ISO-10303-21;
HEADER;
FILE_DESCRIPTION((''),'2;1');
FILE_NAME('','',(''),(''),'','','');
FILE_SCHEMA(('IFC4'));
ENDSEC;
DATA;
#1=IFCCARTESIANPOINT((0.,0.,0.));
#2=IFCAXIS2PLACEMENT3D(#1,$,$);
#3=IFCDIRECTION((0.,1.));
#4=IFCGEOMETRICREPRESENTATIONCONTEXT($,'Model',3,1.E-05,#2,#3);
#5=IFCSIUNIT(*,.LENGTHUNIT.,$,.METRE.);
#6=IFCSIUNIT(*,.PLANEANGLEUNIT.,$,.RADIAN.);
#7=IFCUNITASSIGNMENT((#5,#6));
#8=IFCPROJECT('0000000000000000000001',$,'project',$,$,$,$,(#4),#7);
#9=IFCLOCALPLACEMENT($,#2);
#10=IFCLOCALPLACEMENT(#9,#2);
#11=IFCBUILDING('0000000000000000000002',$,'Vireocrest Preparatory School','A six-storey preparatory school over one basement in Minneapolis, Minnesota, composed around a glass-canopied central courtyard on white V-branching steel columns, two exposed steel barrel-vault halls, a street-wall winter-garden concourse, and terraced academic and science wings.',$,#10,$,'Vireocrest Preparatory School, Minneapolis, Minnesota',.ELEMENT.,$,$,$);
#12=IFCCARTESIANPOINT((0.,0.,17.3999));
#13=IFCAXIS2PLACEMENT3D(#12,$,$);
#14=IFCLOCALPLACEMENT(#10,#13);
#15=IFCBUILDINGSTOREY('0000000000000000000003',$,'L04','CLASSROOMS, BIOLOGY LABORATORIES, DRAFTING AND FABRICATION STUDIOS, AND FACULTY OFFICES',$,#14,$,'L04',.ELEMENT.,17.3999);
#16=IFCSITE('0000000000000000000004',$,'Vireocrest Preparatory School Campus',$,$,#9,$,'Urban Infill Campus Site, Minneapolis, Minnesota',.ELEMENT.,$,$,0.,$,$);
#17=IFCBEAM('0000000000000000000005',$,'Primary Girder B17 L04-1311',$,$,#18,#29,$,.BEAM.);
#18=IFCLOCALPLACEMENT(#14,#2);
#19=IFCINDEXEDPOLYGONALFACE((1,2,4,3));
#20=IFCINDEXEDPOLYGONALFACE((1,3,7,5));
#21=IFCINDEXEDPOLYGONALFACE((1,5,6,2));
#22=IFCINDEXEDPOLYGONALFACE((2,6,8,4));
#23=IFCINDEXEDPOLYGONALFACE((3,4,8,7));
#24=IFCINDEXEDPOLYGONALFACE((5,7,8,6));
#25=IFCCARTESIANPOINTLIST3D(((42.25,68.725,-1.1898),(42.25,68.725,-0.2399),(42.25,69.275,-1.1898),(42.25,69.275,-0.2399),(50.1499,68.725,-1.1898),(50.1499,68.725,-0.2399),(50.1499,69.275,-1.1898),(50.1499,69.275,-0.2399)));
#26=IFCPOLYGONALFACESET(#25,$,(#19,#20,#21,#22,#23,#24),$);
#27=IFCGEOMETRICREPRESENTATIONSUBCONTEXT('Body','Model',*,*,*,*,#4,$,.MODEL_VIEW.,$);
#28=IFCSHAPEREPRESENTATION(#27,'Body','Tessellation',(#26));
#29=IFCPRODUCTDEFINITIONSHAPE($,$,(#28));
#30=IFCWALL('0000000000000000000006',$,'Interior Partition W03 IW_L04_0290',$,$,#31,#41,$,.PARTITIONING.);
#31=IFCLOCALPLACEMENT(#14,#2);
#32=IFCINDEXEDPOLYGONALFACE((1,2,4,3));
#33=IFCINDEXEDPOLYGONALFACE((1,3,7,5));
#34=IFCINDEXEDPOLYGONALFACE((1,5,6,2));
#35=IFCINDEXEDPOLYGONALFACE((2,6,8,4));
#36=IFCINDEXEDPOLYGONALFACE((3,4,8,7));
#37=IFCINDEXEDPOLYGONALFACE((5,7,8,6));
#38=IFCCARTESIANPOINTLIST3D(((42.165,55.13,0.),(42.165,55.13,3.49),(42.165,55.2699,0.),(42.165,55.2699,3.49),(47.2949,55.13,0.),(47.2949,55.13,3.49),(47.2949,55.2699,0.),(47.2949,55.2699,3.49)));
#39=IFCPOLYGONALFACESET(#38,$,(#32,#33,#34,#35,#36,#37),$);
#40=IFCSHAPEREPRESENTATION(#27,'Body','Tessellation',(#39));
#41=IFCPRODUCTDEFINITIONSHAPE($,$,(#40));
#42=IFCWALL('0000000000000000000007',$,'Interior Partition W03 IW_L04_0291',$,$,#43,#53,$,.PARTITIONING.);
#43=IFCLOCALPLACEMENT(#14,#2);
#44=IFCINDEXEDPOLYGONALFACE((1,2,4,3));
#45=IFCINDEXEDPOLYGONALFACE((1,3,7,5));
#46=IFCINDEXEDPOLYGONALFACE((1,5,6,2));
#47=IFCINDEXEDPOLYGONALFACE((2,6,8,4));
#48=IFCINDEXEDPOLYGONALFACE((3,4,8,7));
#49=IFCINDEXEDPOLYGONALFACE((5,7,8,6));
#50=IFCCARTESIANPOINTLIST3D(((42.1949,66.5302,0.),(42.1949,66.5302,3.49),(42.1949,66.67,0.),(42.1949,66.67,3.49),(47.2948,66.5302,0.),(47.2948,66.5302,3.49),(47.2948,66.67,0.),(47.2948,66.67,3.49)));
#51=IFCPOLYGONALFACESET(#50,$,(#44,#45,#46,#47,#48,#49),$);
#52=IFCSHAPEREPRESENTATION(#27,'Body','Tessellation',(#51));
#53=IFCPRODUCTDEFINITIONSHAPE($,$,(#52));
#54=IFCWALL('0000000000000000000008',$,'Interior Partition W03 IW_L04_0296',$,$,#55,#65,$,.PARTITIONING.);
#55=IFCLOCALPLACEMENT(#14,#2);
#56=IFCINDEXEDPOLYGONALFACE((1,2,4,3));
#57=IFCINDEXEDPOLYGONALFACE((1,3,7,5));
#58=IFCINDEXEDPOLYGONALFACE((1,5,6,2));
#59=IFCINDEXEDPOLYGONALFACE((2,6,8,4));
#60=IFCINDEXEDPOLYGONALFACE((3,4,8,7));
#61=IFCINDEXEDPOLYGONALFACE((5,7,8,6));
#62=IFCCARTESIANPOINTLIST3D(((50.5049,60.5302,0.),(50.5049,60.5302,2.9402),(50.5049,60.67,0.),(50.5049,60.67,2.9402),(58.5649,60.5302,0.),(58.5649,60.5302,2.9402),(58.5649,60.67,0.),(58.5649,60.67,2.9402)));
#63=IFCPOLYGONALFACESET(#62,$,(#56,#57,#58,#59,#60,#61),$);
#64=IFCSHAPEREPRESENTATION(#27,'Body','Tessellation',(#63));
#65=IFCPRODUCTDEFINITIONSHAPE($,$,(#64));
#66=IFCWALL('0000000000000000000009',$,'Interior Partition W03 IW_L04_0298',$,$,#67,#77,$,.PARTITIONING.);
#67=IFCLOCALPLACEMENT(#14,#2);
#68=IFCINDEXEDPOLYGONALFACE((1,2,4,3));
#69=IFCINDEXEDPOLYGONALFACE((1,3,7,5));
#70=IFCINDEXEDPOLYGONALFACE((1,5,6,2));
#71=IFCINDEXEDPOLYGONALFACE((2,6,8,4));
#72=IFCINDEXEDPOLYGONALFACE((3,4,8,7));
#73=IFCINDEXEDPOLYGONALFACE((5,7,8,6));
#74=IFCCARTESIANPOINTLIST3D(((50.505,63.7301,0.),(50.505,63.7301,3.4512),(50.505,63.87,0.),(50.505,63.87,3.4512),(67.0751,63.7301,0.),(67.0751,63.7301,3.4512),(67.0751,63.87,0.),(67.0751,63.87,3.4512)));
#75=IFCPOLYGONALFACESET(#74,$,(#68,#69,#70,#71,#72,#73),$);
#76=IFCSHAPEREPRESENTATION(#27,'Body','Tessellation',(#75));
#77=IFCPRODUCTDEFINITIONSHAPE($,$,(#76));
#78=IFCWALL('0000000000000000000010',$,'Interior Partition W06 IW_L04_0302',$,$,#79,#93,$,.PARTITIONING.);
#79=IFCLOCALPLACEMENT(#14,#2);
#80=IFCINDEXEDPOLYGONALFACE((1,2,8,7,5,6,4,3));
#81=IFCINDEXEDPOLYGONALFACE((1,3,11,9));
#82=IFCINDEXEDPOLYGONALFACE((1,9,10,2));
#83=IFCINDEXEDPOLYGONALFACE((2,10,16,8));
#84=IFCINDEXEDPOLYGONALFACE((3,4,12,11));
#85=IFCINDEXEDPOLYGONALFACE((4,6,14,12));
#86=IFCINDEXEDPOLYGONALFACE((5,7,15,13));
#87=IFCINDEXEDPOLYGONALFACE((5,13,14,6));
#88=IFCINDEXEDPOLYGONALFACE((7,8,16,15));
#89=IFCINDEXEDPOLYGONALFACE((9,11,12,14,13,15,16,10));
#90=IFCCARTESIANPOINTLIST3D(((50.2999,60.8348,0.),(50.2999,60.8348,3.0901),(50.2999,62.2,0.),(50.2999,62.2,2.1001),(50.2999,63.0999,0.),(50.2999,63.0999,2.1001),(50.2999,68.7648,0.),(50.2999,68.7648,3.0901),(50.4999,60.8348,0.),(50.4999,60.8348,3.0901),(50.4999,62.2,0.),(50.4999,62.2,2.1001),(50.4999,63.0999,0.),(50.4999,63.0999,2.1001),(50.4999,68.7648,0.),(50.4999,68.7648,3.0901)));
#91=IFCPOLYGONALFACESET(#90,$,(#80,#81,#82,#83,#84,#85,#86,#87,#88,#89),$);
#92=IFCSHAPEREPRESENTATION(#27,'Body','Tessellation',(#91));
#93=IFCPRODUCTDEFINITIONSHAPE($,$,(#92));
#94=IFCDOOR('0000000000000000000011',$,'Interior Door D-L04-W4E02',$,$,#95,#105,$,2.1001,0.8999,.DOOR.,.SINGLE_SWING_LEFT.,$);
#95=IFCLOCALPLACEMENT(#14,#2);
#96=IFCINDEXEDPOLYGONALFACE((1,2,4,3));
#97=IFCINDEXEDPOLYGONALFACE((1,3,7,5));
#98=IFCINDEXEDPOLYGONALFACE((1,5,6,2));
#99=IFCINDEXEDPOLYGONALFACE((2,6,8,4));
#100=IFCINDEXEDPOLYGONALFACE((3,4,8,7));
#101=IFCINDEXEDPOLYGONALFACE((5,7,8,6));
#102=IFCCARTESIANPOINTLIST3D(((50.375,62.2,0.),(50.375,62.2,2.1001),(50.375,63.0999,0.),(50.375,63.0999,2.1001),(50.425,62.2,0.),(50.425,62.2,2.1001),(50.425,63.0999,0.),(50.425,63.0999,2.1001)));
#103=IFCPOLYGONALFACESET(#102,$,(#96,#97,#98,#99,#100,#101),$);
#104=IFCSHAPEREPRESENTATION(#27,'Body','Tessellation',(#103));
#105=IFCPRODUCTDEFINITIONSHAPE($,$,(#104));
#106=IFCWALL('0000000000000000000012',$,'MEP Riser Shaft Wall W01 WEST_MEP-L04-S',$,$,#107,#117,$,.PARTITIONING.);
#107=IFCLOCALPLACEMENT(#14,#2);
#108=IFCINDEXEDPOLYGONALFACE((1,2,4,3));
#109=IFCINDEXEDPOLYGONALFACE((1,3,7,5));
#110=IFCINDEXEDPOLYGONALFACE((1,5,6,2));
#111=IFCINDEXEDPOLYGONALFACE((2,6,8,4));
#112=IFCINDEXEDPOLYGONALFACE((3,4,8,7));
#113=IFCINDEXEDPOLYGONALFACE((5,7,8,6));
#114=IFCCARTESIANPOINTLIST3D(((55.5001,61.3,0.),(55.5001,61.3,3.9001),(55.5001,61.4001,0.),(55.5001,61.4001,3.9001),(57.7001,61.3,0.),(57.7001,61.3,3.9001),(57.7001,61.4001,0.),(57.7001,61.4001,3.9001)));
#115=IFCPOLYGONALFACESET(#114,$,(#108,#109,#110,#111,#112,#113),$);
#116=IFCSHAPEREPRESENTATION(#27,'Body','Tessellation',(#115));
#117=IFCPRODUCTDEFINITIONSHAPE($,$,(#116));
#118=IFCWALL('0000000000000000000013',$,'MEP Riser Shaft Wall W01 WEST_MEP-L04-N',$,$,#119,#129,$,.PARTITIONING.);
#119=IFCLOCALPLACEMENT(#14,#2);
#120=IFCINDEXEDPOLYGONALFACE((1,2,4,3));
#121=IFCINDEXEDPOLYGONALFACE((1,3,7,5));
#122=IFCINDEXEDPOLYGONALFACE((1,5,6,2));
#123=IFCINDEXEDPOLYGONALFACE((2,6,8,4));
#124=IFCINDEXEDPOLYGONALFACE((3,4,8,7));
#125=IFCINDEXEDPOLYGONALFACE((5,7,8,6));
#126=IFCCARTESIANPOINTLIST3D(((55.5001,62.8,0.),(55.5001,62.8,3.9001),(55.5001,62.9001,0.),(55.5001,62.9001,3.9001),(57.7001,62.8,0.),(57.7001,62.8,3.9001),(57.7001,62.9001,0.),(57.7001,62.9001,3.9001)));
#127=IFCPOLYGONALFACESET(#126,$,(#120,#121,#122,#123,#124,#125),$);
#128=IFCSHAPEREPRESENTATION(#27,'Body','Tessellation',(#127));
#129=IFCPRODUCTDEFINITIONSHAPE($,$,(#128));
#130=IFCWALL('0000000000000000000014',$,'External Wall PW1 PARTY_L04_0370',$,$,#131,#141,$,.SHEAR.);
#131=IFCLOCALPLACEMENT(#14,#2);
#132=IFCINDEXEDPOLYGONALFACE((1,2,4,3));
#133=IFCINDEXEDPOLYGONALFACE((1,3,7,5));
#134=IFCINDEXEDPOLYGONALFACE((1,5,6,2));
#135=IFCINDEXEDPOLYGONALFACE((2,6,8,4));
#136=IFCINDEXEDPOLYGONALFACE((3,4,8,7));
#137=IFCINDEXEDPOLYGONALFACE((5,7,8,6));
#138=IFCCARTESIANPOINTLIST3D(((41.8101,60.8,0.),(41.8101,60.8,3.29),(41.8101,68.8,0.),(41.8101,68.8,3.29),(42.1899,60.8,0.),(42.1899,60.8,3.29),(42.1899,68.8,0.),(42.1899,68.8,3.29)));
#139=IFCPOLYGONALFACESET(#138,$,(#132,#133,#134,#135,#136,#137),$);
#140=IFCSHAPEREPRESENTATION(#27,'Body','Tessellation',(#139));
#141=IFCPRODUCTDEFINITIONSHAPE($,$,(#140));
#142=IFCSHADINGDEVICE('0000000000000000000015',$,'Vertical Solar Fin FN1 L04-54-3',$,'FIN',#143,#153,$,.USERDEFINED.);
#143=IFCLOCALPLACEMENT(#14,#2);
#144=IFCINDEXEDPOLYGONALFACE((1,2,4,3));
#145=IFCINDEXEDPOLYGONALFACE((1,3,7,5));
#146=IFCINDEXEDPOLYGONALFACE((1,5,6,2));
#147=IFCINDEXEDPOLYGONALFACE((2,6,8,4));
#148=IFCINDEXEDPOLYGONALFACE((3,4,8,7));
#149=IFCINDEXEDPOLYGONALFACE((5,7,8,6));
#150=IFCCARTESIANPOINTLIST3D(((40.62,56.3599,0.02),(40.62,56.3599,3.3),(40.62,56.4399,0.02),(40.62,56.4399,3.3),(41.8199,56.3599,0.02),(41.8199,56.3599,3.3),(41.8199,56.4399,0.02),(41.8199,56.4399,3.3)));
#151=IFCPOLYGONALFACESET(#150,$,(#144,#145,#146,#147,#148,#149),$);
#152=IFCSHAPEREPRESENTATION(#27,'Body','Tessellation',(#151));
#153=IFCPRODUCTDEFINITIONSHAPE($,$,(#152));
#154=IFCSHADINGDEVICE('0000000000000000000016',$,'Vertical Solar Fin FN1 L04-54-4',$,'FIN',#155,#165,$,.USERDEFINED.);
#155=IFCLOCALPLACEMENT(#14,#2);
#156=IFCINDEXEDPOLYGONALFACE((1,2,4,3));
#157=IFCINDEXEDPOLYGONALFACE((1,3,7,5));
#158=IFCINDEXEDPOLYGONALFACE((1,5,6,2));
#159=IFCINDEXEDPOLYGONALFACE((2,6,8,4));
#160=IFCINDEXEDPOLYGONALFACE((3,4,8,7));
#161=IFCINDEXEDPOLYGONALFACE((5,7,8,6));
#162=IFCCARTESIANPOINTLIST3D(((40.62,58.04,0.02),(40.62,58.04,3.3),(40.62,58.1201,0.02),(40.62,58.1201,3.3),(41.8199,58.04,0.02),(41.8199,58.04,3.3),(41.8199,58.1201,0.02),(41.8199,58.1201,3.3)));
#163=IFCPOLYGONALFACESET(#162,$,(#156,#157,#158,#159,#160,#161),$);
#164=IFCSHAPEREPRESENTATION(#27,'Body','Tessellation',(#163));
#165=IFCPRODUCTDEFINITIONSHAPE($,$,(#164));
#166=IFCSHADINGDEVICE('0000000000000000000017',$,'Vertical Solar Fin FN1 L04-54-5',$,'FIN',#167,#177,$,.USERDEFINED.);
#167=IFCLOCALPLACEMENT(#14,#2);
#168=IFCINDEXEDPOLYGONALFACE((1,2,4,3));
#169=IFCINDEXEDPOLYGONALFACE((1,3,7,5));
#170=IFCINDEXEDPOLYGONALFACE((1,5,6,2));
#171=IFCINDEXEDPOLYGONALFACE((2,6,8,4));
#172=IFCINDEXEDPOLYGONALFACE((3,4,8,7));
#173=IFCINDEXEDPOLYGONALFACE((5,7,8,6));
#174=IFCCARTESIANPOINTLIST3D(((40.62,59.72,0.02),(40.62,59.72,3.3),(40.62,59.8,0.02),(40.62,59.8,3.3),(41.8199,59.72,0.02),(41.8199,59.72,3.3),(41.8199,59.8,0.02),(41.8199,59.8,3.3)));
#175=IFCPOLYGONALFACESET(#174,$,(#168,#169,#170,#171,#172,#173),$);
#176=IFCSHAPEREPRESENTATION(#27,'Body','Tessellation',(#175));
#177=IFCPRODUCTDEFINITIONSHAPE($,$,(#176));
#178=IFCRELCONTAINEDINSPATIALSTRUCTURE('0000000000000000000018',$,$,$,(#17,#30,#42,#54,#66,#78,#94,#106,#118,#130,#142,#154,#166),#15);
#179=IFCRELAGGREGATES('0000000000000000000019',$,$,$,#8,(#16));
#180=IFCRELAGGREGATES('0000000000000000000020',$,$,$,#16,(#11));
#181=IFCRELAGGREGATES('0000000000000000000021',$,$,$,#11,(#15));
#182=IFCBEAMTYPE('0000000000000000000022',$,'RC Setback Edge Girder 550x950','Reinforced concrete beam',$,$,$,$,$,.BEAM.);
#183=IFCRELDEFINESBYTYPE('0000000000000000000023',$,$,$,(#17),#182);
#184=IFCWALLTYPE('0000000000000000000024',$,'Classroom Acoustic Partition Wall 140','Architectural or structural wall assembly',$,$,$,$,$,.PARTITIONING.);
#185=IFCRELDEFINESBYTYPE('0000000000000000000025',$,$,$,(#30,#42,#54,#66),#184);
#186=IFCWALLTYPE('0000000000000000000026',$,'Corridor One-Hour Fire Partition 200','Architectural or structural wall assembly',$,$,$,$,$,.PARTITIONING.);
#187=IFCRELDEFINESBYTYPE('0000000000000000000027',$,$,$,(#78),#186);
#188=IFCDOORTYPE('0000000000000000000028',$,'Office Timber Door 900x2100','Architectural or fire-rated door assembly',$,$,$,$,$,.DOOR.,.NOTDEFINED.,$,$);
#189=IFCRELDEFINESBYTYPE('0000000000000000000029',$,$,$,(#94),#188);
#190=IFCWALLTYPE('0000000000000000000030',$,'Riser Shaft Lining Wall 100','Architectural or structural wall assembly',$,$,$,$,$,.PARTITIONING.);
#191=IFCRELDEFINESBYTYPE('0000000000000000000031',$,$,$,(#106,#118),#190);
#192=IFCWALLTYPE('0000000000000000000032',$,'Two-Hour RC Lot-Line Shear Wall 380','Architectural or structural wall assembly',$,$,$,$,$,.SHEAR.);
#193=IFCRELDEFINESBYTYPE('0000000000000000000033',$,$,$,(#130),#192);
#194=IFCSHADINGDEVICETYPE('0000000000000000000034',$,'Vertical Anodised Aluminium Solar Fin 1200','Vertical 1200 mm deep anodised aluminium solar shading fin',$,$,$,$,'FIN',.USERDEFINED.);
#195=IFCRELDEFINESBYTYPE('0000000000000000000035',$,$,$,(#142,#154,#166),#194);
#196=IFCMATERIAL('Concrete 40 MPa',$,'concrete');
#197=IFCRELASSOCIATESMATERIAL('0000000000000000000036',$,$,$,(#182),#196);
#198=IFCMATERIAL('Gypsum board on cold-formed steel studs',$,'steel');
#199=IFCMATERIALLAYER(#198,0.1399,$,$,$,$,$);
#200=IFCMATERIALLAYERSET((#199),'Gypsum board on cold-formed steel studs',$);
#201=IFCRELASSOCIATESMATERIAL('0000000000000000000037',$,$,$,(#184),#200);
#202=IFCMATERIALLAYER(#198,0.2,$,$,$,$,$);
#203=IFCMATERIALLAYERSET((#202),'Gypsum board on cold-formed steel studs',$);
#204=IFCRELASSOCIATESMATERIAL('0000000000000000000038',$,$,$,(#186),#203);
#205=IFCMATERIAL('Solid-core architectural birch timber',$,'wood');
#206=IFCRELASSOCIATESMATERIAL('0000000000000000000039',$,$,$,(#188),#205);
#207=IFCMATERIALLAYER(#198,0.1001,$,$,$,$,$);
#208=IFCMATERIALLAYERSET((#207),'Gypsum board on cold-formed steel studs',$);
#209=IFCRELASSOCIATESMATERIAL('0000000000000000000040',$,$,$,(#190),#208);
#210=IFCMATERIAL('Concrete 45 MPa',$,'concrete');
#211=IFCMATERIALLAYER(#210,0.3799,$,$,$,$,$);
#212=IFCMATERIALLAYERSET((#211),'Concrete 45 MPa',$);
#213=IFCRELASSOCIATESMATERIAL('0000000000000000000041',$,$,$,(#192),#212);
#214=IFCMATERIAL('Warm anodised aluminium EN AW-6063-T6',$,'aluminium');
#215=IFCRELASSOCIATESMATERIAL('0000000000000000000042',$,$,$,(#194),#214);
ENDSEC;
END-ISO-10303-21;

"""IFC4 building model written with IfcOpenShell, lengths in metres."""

from ifc_helpers import new_model, si_unit, direction, frame, frame_2d, origin, origin_2d, place, context, subcontext, project, spatial, rectangle, extrude, material, layer, layer_set, material_profile, profile_set, type_object, element, fill, save


model = new_model("IFC4")

# Units and contexts
model_context = context("Model", 3, precision=1e-05, world=origin(), true_north=direction((0.0, 1.0)))
body_context = subcontext(model_context, "Body", "Model", "MODEL_VIEW")
ifc_project = project(units=[si_unit("LENGTHUNIT", "METRE"), si_unit("PLANEANGLEUNIT", "RADIAN")], contexts=[model_context])

# Site, building, storey
site_placement = place(None, origin())
site = spatial("IfcSite", under=ifc_project, at=site_placement, Name="Vireocrest Preparatory School Campus", LongName="Urban Infill Campus Site, Minneapolis, Minnesota", CompositionType="ELEMENT", RefElevation=0.0)
building_placement = place(site_placement, origin())
building = spatial("IfcBuilding", under=site, at=building_placement, Name="Vireocrest Preparatory School", Description="A six-storey preparatory school over one basement in Minneapolis, Minnesota, composed around a glass-canopied central courtyard on white V-branching steel columns, two exposed steel barrel-vault halls, a street-wall winter-garden concourse, and terraced academic and science wings.", LongName="Vireocrest Preparatory School, Minneapolis, Minnesota", CompositionType="ELEMENT")
storey_placement = place(building_placement, frame((0.0, 0.0, 17.3999)))
storey = spatial("IfcBuildingStorey", under=building, at=storey_placement, Name="L04", Description="CLASSROOMS, BIOLOGY LABORATORIES, DRAFTING AND FABRICATION STUDIOS, AND FACULTY OFFICES", LongName="L04", CompositionType="ELEMENT", Elevation=17.3999)

# Shared definitions
ifc_material_1 = material(Name="Concrete 45 MPa", Category="concrete")

# Beam
ifc_material_2 = material(Name="Concrete 40 MPa", Category="concrete")
ifc_material_profile_1 = material_profile(ifc_material_2, rectangle(XDim=0.55, YDim=0.95, at=origin_2d()), Name="RC 550x950")
ifc_profile_set_1 = profile_set([ifc_material_profile_1], Name="Concrete 40 MPa")
beam_type_1 = type_object("IfcBeamType", Name="RC Setback Edge Girder 550x950", Description="Reinforced concrete beam", PredefinedType="BEAM", material=ifc_profile_set_1)
beam_1_placement = place(storey_placement, frame((42.25, 69.0, -0.7148), z_axis=(1.0, 0.0, 0.0), x_axis=(0.0, 1.0, 0.0)))
element("IfcBeam", 1, at=beam_1_placement, inside=storey, type_object=beam_type_1, Name="Primary Girder B17 L04-1311", PredefinedType="BEAM", context=body_context, shape_type="SweptSolid", body=[
    extrude(rectangle(XDim=0.55, YDim=0.95, at=origin_2d()), origin(), (0.0, 0.0, 1.0), 7.8999),
])

# Walls
ifc_material_3 = material(Name="Gypsum board on cold-formed steel studs", Category="steel")
ifc_layer_1 = layer(ifc_material_3, 0.1399)
ifc_layer_set_1 = layer_set([ifc_layer_1], Name="Gypsum board on cold-formed steel studs")
wall_type_1 = type_object("IfcWallType", Name="Classroom Acoustic Partition Wall 140", Description="Architectural or structural wall assembly", PredefinedType="PARTITIONING", material=ifc_layer_set_1)
wall_1_placement = place(storey_placement, frame((42.165, 55.2, 0.0), z_axis=(0.0, 0.0, 1.0), x_axis=(1.0, 0.0, 0.0)))
element("IfcWall", 2, at=wall_1_placement, inside=storey, type_object=wall_type_1, Name="Interior Partition W03 IW_L04_0290", PredefinedType="PARTITIONING", context=body_context, shape_type="SweptSolid", body=[
    extrude(rectangle(XDim=5.1299, YDim=0.1399, at=frame_2d((2.5649, 0.0))), origin(), (0.0, 0.0, 1.0), 3.49),
])
wall_2_placement = place(storey_placement, frame((42.1951, 66.6001, 0.0), z_axis=(0.0, 0.0, 1.0), x_axis=(1.0, 0.0, 0.0)))
element("IfcWall", 3, at=wall_2_placement, inside=storey, type_object=wall_type_1, Name="Interior Partition W03 IW_L04_0291", PredefinedType="PARTITIONING", context=body_context, shape_type="SweptSolid", body=[
    extrude(rectangle(XDim=5.0999, YDim=0.1399, at=frame_2d((2.5498, 0.0))), origin(), (0.0, 0.0, 1.0), 3.49),
])
wall_3_placement = place(storey_placement, frame((50.5049, 60.6001, 0.0), z_axis=(0.0, 0.0, 1.0), x_axis=(1.0, 0.0, 0.0)))
element("IfcWall", 4, at=wall_3_placement, inside=storey, type_object=wall_type_1, Name="Interior Partition W03 IW_L04_0296", PredefinedType="PARTITIONING", context=body_context, shape_type="SweptSolid", body=[
    extrude(rectangle(XDim=8.0601, YDim=0.1399, at=frame_2d((4.03, 0.0))), origin(), (0.0, 0.0, 1.0), 2.9402),
])
wall_4_placement = place(storey_placement, frame((50.5049, 63.8, 0.0), z_axis=(0.0, 0.0, 1.0), x_axis=(1.0, 0.0, 0.0)))
element("IfcWall", 5, at=wall_4_placement, inside=storey, type_object=wall_type_1, Name="Interior Partition W03 IW_L04_0298", PredefinedType="PARTITIONING", context=body_context, shape_type="SweptSolid", body=[
    extrude(rectangle(XDim=16.5701, YDim=0.1399, at=frame_2d((8.2852, 0.0))), origin(), (0.0, 0.0, 1.0), 3.4512),
])

# Wall, opening, door
ifc_layer_2 = layer(ifc_material_3, 0.2)
ifc_layer_set_2 = layer_set([ifc_layer_2], Name="Gypsum board on cold-formed steel studs")
wall_type_2 = type_object("IfcWallType", Name="Corridor One-Hour Fire Partition 200", Description="Architectural or structural wall assembly", PredefinedType="PARTITIONING", material=ifc_layer_set_2)
wall_5_placement = place(storey_placement, frame((50.3999, 60.835, 0.0), z_axis=(0.0, 0.0, 1.0), x_axis=(0.0, 1.0, 0.0)))
wall_5 = element("IfcWall", 6, at=wall_5_placement, inside=storey, type_object=wall_type_2, Name="Interior Partition W06 IW_L04_0302", PredefinedType="PARTITIONING", context=body_context, shape_type="SweptSolid", body=[
    extrude(rectangle(XDim=7.9299, YDim=0.2, at=frame_2d((3.9648, 0.0))), origin(), (0.0, 0.0, 1.0), 3.0901),
])
opening_placement = place(wall_5_placement, frame((1.365, 0.0, 0.0)))
opening = element("IfcOpeningElement", 7, at=opening_placement, cuts=wall_5, PredefinedType="OPENING", context=body_context, shape_type="SweptSolid", body=[
    extrude(rectangle(XDim=0.8999, YDim=2.1001, at=frame_2d((0.45, 1.05))), frame((0.0, 0.1099, 0.0), z_axis=(0.0, -1.0, 0.0), x_axis=(1.0, 0.0, 0.0)), (0.0, 0.0, 1.0), 0.22),
])
ifc_material_4 = material(Name="Solid-core architectural birch timber", Category="wood")
door_type = type_object("IfcDoorType", Name="Office Timber Door 900x2100", Description="Architectural or fire-rated door assembly", OperationType="NOTDEFINED", PredefinedType="DOOR", material=ifc_material_4)
door_placement = place(opening_placement, origin())
door = element("IfcDoor", 8, at=door_placement, inside=storey, type_object=door_type, Name="Interior Door D-L04-W4E02", OperationType="SINGLE_SWING_LEFT", OverallHeight=2.1001, OverallWidth=0.8999, PredefinedType="DOOR", context=body_context, shape_type="SweptSolid", body=[
    extrude(rectangle(XDim=0.8999, YDim=2.1001, at=frame_2d((0.45, 1.05))), frame((0.0, 0.0249, 0.0), z_axis=(0.0, -1.0, 0.0), x_axis=(1.0, 0.0, 0.0)), (0.0, 0.0, 1.0), 0.05),
])
fill(opening, door)

# Walls
ifc_layer_3 = layer(ifc_material_3, 0.1001)
ifc_layer_set_3 = layer_set([ifc_layer_3], Name="Gypsum board on cold-formed steel studs")
wall_type_3 = type_object("IfcWallType", Name="Riser Shaft Lining Wall 100", Description="Architectural or structural wall assembly", PredefinedType="PARTITIONING", material=ifc_layer_set_3)
for number, where, z_axis, x_axis, name in (
    (9, (55.5, 61.3501, 0.0), (0.0, 0.0, 1.0), (1.0, 0.0, 0.0), "MEP Riser Shaft Wall W01 WEST_MEP-L04-S"),
    (10, (55.5, 62.8501, 0.0), (0.0, 0.0, 1.0), (1.0, 0.0, 0.0), "MEP Riser Shaft Wall W01 WEST_MEP-L04-N"),
):
    element("IfcWall", number, at=place(storey_placement, frame(where, z_axis=z_axis, x_axis=x_axis)), inside=storey, type_object=wall_type_3, Name=name, PredefinedType="PARTITIONING", context=body_context, shape_type="SweptSolid", body=[
        extrude(rectangle(XDim=2.2, YDim=0.1001, at=frame_2d((1.1001, 0.0))), origin(), (0.0, 0.0, 1.0), 3.9001),
    ])
ifc_layer_4 = layer(ifc_material_1, 0.3799)
ifc_layer_set_4 = layer_set([ifc_layer_4], Name="Concrete 45 MPa")
wall_type_4 = type_object("IfcWallType", Name="Two-Hour RC Lot-Line Shear Wall 380", Description="Architectural or structural wall assembly", PredefinedType="SHEAR", material=ifc_layer_set_4)
wall_6_placement = place(storey_placement, frame((42.0, 60.8, 0.0), z_axis=(0.0, 0.0, 1.0), x_axis=(0.0, 1.0, 0.0)))
element("IfcWall", 11, at=wall_6_placement, inside=storey, type_object=wall_type_4, Name="External Wall PW1 PARTY_L04_0370", PredefinedType="SHEAR", context=body_context, shape_type="SweptSolid", body=[
    extrude(rectangle(XDim=8.0, YDim=0.3799, at=frame_2d((4.0, 0.0))), origin(), (0.0, 0.0, 1.0), 3.29),
])

# Shading devices
ifc_material_5 = material(Name="Warm anodised aluminium EN AW-6063-T6", Category="aluminium")
ifc_material_profile_2 = material_profile(ifc_material_5, rectangle(XDim=0.0801, YDim=1.2, at=origin_2d()), Name="FIN 80x1200")
ifc_profile_set_2 = profile_set([ifc_material_profile_2], Name="Warm anodised aluminium EN AW-6063-T6")
shading_device_type = type_object("IfcShadingDeviceType", Name="Vertical Anodised Aluminium Solar Fin 1200", Description="Vertical 1200 mm deep anodised aluminium solar shading fin", ElementType="FIN", PredefinedType="USERDEFINED", material=ifc_profile_set_2)
for number, where, z_axis, x_axis, name in (
    (12, (41.22, 56.3999, 0.02), (0.0, 0.0, 1.0), (0.0, 1.0, 0.0), "Vertical Solar Fin FN1 L04-54-3"),
    (13, (41.22, 58.0801, 0.02), (0.0, 0.0, 1.0), (0.0, 1.0, 0.0), "Vertical Solar Fin FN1 L04-54-4"),
    (14, (41.22, 59.76, 0.02), (0.0, 0.0, 1.0), (0.0, 1.0, 0.0), "Vertical Solar Fin FN1 L04-54-5"),
):
    element("IfcShadingDevice", number, at=place(storey_placement, frame(where, z_axis=z_axis, x_axis=x_axis)), inside=storey, type_object=shading_device_type, Name=name, ObjectType="FIN", PredefinedType="USERDEFINED", context=body_context, shape_type="SweptSolid", body=[
        extrude(rectangle(XDim=0.0801, YDim=1.2, at=origin_2d()), origin(), (0.0, 0.0, 1.0), 3.28),
    ])

save(model, "model.ifc")
